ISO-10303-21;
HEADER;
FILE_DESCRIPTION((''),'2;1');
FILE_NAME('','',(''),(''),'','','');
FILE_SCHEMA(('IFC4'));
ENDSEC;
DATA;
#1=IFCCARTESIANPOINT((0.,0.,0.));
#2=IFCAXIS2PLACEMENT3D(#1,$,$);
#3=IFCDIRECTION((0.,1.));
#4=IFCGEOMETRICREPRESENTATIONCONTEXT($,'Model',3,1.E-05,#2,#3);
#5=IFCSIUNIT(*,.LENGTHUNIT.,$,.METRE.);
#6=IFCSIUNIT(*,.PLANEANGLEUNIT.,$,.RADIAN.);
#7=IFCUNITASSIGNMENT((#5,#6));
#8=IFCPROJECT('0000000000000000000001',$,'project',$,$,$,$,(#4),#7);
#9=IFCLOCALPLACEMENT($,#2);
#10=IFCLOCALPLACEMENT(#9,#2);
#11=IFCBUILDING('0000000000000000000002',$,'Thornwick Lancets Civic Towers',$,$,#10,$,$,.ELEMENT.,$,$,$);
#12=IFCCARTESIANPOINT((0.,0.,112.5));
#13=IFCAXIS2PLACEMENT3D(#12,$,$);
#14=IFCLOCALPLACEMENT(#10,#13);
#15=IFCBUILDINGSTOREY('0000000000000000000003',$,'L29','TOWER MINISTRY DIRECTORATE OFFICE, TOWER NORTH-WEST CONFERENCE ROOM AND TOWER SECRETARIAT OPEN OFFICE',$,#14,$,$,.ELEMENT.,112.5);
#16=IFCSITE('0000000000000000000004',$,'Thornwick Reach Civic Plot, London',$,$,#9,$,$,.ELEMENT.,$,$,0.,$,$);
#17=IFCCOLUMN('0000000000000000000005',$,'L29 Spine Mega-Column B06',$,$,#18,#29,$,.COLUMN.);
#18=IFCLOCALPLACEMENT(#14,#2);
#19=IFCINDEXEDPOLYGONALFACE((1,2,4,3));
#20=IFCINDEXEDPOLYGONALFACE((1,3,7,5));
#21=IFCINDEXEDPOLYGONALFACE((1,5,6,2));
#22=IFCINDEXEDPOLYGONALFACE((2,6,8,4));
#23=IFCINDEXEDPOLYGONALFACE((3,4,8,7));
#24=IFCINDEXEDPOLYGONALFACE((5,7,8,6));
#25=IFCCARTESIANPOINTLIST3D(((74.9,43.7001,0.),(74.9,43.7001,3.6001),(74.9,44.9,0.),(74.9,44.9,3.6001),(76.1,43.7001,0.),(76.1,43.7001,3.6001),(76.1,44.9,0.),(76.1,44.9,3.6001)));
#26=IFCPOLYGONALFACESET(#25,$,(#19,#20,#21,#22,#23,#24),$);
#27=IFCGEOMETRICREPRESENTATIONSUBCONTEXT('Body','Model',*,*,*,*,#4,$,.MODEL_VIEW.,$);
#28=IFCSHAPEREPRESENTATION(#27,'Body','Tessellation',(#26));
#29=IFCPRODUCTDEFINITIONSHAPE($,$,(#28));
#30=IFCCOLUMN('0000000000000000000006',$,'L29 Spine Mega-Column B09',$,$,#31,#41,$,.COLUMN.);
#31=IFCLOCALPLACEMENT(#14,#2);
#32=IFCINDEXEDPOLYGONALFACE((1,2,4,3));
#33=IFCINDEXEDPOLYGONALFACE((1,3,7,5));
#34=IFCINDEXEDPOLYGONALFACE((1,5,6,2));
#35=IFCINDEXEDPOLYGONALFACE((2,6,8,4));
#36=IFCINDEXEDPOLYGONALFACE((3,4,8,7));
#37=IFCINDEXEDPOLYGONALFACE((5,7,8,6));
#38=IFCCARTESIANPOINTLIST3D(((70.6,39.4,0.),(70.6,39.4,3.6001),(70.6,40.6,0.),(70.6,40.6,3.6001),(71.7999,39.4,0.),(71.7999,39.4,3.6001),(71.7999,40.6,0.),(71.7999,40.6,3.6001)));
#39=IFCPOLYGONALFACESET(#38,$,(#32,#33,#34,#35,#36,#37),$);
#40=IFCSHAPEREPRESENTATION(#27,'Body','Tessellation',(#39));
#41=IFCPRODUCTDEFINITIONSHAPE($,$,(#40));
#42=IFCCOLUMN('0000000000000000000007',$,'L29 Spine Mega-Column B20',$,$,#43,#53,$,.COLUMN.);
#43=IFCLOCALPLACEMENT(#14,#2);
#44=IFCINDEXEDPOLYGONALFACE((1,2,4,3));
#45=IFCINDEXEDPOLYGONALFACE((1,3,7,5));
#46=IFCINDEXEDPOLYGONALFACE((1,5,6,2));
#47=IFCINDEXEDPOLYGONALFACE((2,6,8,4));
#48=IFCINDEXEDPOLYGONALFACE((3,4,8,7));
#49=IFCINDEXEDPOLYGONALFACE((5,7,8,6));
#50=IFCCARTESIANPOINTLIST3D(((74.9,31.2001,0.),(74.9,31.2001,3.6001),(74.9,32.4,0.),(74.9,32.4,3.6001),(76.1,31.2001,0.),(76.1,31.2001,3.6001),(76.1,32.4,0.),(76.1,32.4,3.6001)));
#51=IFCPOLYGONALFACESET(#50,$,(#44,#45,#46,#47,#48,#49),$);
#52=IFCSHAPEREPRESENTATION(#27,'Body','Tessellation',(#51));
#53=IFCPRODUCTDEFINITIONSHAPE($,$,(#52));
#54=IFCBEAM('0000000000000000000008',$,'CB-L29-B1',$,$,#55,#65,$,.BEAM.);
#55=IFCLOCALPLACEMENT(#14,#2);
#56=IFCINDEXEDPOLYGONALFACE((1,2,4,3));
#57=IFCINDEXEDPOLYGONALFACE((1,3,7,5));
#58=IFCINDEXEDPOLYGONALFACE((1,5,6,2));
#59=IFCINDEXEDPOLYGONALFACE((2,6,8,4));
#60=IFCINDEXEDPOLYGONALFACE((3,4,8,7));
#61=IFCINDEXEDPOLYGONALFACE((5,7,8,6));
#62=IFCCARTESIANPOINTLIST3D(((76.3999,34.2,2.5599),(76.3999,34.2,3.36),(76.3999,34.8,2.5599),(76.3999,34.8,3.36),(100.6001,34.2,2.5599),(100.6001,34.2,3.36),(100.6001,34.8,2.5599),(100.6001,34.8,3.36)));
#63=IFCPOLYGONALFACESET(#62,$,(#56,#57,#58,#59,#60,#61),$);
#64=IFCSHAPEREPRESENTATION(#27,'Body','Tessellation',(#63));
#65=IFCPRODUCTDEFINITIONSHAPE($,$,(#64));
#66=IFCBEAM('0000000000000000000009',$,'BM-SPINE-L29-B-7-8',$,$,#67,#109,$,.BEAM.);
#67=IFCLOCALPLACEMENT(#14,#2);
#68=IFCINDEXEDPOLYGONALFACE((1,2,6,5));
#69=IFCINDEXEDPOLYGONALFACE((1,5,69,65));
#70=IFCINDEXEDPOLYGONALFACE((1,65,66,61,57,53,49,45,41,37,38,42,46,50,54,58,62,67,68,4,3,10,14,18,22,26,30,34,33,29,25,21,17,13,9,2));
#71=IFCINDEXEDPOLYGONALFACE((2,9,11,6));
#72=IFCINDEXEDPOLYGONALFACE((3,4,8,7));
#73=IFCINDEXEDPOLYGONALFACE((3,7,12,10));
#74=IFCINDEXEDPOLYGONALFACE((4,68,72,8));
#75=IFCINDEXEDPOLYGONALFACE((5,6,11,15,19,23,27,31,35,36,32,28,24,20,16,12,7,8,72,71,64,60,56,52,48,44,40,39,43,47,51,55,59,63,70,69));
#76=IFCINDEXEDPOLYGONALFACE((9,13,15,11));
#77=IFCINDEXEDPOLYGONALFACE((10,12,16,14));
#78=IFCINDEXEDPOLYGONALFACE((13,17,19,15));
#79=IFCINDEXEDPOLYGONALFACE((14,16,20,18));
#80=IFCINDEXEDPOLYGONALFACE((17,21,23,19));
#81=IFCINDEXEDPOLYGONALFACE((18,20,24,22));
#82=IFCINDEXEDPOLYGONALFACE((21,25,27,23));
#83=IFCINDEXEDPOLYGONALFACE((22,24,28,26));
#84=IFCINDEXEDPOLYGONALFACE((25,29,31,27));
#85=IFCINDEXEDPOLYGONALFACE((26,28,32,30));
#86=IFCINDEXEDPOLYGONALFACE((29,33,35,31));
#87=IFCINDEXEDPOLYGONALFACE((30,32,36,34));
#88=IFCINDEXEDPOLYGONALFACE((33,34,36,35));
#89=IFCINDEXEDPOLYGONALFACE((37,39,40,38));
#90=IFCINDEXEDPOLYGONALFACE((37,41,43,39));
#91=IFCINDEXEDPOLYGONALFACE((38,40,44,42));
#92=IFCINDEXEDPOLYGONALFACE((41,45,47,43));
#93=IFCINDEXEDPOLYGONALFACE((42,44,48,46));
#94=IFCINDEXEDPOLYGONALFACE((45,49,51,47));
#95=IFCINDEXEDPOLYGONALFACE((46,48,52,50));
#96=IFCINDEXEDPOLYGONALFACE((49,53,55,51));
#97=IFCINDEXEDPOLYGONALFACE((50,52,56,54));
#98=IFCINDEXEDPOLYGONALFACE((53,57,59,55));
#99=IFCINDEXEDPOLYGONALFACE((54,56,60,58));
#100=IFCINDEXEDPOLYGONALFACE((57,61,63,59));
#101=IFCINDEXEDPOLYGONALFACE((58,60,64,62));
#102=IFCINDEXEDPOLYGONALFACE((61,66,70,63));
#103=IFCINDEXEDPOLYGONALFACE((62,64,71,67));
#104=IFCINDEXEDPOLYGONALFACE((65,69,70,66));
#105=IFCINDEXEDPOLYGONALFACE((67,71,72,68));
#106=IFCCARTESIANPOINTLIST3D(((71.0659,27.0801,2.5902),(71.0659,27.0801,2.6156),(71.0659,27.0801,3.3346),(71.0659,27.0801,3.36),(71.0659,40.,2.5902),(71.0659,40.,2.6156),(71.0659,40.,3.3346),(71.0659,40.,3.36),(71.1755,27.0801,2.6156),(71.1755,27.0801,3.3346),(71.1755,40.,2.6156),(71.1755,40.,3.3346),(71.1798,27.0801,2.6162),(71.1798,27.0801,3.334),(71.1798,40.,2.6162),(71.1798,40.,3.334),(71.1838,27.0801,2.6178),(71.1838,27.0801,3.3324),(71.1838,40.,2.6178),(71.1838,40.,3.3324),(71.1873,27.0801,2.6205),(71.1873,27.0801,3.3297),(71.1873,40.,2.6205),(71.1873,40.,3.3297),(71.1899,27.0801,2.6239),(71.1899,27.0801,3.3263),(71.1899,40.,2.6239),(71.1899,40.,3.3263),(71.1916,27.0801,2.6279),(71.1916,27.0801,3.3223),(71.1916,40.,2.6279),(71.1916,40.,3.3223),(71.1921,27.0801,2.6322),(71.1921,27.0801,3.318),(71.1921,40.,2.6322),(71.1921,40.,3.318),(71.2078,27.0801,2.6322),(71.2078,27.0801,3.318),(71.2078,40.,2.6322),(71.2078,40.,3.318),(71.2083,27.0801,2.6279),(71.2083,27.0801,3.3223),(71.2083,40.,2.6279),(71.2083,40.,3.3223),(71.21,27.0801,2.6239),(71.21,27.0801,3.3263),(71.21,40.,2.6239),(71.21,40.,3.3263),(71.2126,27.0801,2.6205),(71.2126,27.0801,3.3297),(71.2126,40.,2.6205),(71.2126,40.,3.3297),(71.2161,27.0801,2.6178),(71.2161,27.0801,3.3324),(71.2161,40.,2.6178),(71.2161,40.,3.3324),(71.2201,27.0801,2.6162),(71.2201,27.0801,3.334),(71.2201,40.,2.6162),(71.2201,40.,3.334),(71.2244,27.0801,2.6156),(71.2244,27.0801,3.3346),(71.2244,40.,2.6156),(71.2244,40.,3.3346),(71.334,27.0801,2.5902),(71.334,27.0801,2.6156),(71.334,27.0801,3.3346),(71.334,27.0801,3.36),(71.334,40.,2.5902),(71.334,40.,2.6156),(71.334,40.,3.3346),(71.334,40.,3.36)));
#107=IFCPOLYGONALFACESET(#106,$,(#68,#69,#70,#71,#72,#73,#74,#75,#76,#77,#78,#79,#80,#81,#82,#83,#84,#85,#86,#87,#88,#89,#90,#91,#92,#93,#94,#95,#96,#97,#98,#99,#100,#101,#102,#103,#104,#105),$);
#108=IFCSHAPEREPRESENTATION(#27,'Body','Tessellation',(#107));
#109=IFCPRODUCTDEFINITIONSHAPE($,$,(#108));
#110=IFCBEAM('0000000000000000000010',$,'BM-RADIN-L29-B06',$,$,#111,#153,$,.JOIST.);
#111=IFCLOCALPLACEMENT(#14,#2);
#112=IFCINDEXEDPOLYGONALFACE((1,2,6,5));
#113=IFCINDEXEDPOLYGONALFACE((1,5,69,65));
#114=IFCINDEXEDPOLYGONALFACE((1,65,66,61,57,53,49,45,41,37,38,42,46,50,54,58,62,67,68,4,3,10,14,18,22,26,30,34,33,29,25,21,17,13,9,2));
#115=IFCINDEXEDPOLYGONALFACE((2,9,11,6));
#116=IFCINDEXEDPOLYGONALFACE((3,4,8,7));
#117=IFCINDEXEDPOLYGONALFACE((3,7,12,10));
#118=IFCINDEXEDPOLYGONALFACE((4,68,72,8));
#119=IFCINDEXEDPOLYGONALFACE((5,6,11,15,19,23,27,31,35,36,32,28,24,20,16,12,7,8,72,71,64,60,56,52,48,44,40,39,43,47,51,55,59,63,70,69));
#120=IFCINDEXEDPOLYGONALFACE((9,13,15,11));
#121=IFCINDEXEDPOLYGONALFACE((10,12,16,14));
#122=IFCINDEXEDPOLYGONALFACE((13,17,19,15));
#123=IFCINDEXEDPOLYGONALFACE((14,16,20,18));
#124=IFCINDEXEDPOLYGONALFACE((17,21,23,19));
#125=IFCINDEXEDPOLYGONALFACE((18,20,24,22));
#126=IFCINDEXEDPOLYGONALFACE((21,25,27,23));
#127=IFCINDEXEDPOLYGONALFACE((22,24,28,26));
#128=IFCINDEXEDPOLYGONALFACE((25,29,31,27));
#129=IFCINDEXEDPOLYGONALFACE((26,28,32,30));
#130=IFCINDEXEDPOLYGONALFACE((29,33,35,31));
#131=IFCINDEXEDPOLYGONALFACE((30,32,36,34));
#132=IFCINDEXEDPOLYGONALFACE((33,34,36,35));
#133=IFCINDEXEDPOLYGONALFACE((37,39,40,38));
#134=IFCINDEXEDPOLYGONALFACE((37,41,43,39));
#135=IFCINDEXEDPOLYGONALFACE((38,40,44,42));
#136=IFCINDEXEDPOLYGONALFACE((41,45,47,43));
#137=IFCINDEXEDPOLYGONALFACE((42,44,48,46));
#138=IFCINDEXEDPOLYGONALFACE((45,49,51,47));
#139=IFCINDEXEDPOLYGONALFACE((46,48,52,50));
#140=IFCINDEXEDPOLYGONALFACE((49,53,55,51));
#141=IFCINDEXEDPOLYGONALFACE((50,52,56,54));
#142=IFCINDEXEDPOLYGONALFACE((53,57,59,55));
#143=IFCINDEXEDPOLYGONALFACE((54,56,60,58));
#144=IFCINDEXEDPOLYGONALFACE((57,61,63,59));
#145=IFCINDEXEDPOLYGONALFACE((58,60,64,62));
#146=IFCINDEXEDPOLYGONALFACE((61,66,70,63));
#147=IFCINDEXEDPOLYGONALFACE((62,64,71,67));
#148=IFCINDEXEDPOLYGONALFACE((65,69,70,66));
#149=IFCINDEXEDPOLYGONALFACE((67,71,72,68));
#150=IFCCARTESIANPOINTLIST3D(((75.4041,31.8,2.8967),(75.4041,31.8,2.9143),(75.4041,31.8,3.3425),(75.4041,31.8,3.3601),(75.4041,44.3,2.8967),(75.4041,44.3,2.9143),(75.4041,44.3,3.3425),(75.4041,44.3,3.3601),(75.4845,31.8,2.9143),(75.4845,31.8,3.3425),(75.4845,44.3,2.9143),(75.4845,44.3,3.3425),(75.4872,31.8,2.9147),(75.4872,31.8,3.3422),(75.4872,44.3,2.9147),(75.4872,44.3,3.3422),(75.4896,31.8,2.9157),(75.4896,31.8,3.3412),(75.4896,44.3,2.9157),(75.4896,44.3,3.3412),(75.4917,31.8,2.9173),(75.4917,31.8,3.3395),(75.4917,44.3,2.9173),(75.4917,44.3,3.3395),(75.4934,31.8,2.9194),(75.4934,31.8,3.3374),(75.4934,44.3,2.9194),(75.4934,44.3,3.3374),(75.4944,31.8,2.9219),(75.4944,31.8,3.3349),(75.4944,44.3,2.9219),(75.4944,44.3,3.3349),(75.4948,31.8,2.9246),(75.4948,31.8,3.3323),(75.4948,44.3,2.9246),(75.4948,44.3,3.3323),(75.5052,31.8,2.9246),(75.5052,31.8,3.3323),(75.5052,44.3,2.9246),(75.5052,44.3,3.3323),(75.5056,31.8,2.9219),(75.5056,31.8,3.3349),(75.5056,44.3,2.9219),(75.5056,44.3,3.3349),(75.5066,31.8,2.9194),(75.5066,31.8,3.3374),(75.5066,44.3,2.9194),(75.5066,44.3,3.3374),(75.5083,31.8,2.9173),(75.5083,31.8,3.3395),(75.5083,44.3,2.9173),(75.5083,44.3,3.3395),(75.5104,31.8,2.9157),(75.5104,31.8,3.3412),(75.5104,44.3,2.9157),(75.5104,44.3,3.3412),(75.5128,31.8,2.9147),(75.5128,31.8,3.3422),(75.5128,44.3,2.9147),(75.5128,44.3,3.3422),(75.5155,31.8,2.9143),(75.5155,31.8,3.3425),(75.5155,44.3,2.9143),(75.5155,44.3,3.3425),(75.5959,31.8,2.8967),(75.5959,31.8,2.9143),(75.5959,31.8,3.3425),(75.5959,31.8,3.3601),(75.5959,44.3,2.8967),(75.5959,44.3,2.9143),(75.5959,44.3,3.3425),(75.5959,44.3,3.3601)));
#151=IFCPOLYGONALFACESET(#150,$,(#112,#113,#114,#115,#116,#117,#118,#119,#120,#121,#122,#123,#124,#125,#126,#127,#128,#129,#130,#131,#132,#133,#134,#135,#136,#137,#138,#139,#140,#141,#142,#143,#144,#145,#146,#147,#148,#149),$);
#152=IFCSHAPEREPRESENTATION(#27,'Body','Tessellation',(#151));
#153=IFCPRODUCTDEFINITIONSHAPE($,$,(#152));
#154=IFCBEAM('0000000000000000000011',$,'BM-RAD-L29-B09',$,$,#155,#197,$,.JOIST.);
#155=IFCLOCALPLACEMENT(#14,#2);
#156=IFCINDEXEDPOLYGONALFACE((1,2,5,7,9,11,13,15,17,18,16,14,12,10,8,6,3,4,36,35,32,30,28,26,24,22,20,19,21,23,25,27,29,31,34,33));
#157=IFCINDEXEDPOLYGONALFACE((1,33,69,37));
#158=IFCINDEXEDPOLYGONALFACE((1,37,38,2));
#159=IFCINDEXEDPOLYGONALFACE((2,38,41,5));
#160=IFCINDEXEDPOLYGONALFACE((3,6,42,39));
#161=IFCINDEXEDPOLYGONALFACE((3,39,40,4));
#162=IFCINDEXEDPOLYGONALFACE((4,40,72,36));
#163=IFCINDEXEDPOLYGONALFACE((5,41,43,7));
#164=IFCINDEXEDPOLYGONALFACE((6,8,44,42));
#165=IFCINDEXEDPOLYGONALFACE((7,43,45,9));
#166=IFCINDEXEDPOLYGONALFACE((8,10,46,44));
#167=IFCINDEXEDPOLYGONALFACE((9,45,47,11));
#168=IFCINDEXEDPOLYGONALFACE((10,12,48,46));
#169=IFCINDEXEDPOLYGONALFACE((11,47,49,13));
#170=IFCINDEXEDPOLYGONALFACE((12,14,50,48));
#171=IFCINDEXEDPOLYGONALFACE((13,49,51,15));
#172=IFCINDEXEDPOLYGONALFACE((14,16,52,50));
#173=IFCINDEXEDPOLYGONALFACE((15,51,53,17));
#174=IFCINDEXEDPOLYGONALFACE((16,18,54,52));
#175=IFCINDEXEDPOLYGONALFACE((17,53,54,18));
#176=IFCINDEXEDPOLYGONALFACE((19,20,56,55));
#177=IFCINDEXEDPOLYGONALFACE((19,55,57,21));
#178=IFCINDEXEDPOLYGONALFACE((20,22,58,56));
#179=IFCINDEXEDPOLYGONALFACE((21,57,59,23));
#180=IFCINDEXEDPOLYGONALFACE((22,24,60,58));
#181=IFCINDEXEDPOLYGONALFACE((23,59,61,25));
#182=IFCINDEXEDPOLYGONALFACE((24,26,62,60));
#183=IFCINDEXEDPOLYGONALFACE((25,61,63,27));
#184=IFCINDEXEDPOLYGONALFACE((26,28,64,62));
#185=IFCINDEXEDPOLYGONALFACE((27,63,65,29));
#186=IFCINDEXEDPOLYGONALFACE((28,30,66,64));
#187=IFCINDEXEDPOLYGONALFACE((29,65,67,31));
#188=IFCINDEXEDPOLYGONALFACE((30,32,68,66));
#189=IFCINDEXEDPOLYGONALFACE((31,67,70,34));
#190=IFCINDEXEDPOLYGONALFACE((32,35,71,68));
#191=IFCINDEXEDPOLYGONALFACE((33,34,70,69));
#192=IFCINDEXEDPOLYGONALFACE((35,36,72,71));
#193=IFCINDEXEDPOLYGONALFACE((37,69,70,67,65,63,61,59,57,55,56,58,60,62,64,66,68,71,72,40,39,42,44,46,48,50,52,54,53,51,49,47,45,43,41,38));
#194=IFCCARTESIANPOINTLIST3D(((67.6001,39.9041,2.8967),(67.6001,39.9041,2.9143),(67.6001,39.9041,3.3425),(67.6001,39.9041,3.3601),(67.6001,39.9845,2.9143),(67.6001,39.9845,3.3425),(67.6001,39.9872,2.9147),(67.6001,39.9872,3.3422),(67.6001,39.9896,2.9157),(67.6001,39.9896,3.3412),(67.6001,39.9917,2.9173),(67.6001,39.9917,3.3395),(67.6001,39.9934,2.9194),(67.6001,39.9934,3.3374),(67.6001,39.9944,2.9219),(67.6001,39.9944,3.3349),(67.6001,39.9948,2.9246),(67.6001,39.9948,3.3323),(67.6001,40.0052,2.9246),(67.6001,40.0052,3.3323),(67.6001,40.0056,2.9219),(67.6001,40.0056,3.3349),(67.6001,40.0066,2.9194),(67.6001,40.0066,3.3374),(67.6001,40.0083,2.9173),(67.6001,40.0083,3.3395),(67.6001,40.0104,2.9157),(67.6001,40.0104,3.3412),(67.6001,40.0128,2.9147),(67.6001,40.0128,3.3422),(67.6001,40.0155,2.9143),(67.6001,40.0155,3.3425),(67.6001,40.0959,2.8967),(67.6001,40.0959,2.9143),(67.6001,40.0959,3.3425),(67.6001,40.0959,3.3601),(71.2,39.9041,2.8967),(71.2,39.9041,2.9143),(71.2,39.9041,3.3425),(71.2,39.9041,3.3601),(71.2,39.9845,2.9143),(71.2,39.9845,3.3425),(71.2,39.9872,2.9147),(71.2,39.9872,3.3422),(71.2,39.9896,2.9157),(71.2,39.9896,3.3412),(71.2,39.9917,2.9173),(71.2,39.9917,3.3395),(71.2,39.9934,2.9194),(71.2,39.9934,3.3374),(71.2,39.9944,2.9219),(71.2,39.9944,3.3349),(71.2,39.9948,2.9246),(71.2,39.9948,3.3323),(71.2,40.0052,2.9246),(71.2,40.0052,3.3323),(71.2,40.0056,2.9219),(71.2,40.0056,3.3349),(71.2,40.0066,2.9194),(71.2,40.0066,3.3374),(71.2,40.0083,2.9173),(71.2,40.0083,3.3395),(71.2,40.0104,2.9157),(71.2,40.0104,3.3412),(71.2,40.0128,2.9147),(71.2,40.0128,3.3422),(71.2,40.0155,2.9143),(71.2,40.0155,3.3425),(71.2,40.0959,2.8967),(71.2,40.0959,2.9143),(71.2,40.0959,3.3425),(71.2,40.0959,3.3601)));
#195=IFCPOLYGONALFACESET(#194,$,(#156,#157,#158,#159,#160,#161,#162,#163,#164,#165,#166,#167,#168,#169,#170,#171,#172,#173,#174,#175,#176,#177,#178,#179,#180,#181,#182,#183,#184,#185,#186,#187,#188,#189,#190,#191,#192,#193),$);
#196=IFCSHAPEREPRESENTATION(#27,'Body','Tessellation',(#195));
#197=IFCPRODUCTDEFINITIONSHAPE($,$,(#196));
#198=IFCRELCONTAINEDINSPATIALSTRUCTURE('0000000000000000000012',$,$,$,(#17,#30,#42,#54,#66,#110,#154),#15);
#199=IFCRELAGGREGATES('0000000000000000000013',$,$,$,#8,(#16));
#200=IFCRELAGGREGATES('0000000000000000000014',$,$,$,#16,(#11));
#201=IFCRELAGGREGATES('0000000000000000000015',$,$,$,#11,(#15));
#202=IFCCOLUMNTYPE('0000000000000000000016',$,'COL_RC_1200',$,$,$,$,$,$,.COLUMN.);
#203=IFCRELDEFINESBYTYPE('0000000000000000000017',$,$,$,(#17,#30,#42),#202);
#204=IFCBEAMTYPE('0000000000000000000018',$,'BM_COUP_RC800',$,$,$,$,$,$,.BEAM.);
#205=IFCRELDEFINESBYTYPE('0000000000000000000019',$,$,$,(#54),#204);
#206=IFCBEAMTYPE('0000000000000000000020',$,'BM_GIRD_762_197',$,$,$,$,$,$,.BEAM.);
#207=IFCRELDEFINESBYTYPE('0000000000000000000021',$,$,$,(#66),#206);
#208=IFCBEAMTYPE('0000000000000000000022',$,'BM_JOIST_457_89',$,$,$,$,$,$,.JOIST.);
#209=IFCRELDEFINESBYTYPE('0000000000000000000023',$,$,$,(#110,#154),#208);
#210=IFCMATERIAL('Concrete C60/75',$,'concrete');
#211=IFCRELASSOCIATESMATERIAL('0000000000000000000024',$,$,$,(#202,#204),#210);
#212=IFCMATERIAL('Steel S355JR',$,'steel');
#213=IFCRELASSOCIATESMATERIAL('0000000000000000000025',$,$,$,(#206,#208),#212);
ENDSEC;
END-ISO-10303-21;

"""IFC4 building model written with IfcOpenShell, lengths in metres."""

from ifc_helpers import new_model, si_unit, direction, frame, origin, origin_2d, place, context, subcontext, project, spatial, rectangle, i_section, extrude, material, material_profile, profile_set, type_object, element, save


model = new_model("IFC4")

# Units and contexts
model_context = context("Model", 3, precision=1e-05, world=origin(), true_north=direction((0.0, 1.0)))
body_context = subcontext(model_context, "Body", "Model", "MODEL_VIEW")
ifc_project = project(units=[si_unit("LENGTHUNIT", "METRE"), si_unit("PLANEANGLEUNIT", "RADIAN")], contexts=[model_context])

# Site, building, storey
site_placement = place(None, origin())
site = spatial("IfcSite", under=ifc_project, at=site_placement, Name="Thornwick Reach Civic Plot, London", CompositionType="ELEMENT", RefElevation=0.0)
building_placement = place(site_placement, origin())
building = spatial("IfcBuilding", under=site, at=building_placement, Name="Thornwick Lancets Civic Towers", CompositionType="ELEMENT")
storey_placement = place(building_placement, frame((0.0, 0.0, 112.5)))
storey = spatial("IfcBuildingStorey", under=building, at=storey_placement, Name="L29", Description="TOWER MINISTRY DIRECTORATE OFFICE, TOWER NORTH-WEST CONFERENCE ROOM AND TOWER SECRETARIAT OPEN OFFICE", CompositionType="ELEMENT", Elevation=112.5)

# Columns
ifc_material_1 = material(Name="Concrete C60/75", Category="concrete")
ifc_material_profile_1 = material_profile(ifc_material_1, rectangle(XDim=1.2, YDim=1.2, at=origin_2d()), Name="RC 1200x1200")
ifc_profile_set_1 = profile_set([ifc_material_profile_1], Name="Concrete C60/75")
column_type = type_object("IfcColumnType", Name="COL_RC_1200", PredefinedType="COLUMN", material=ifc_profile_set_1)
for number, where, z_axis, x_axis, name in (
    (1, (75.5, 44.3, 0.0), (0.0, 0.0, 1.0), (1.0, 0.0, 0.0), "L29 Spine Mega-Column B06"),
    (2, (71.2, 40.0, 0.0), (0.0, 0.0, 1.0), (1.0, 0.0, 0.0), "L29 Spine Mega-Column B09"),
    (3, (75.5, 31.8, 0.0), (0.0, 0.0, 1.0), (1.0, 0.0, 0.0), "L29 Spine Mega-Column B20"),
):
    element("IfcColumn", number, at=place(storey_placement, frame(where, z_axis=z_axis, x_axis=x_axis)), inside=storey, type_object=column_type, Name=name, PredefinedType="COLUMN", context=body_context, shape_type="SweptSolid", body=[
        extrude(rectangle(XDim=1.2, YDim=1.2, at=origin_2d()), origin(), (0.0, 0.0, 1.0), 3.6001),
    ])

# Beams
ifc_material_profile_2 = material_profile(ifc_material_1, rectangle(XDim=0.6001, YDim=0.8, at=origin_2d()), Name="RC 600x800")
ifc_profile_set_2 = profile_set([ifc_material_profile_2], Name="Concrete C60/75")
beam_type_1 = type_object("IfcBeamType", Name="BM_COUP_RC800", PredefinedType="BEAM", material=ifc_profile_set_2)
beam_1_placement = place(storey_placement, frame((76.3999, 34.5, 2.96), z_axis=(1.0, 0.0, 0.0), x_axis=(0.0, 1.0, 0.0)))
element("IfcBeam", 4, at=beam_1_placement, inside=storey, type_object=beam_type_1, Name="CB-L29-B1", PredefinedType="BEAM", context=body_context, shape_type="SweptSolid", body=[
    extrude(rectangle(XDim=0.6001, YDim=0.8, at=origin_2d()), origin(), (0.0, 0.0, 1.0), 24.2002),
])
ifc_material_2 = material(Name="Steel S355JR", Category="steel")
ifc_material_profile_3 = material_profile(ifc_material_2, i_section(OverallWidth=0.2681, OverallDepth=0.7698, WebThickness=0.0156, FlangeThickness=0.0254, FilletRadius=0.0166, at=origin_2d()), Name="UKB 762x267x197")
ifc_profile_set_3 = profile_set([ifc_material_profile_3], Name="Steel S355JR")
beam_type_2 = type_object("IfcBeamType", Name="BM_GIRD_762_197", PredefinedType="BEAM", material=ifc_profile_set_3)
beam_2_placement = place(storey_placement, frame((71.2, 27.0801, 2.9751), z_axis=(0.0, 1.0, 0.0), x_axis=(-1.0, 0.0, 0.0)))
element("IfcBeam", 5, at=beam_2_placement, inside=storey, type_object=beam_type_2, Name="BM-SPINE-L29-B-7-8", PredefinedType="BEAM", context=body_context, shape_type="SweptSolid", body=[
    extrude(i_section(OverallWidth=0.2681, OverallDepth=0.7698, WebThickness=0.0156, FlangeThickness=0.0254, FilletRadius=0.0166, at=origin_2d()), origin(), (0.0, 0.0, 1.0), 12.9199),
])
ifc_material_profile_4 = material_profile(ifc_material_2, i_section(OverallWidth=0.1919, OverallDepth=0.4634, WebThickness=0.0105, FlangeThickness=0.0176, FilletRadius=0.0103, at=origin_2d()), Name="UKB 457x191x89")
ifc_profile_set_4 = profile_set([ifc_material_profile_4], Name="Steel S355JR")
beam_type_3 = type_object("IfcBeamType", Name="BM_JOIST_457_89", PredefinedType="JOIST", material=ifc_profile_set_4)
beam_3_placement = place(storey_placement, frame((75.5, 31.8, 3.1284), z_axis=(0.0, 1.0, 0.0), x_axis=(-1.0, 0.0, 0.0)))
element("IfcBeam", 6, at=beam_3_placement, inside=storey, type_object=beam_type_3, Name="BM-RADIN-L29-B06", PredefinedType="JOIST", context=body_context, shape_type="SweptSolid", body=[
    extrude(i_section(OverallWidth=0.1919, OverallDepth=0.4634, WebThickness=0.0105, FlangeThickness=0.0176, FilletRadius=0.0103, at=origin_2d()), origin(), (0.0, 0.0, 1.0), 12.5),
])
beam_4_placement = place(storey_placement, frame((71.2, 40.0, 3.1284), z_axis=(-1.0, 0.0, 0.0), x_axis=(0.0, -1.0, 0.0)))
element("IfcBeam", 7, at=beam_4_placement, inside=storey, type_object=beam_type_3, Name="BM-RAD-L29-B09", PredefinedType="JOIST", context=body_context, shape_type="SweptSolid", body=[
    extrude(i_section(OverallWidth=0.1919, OverallDepth=0.4634, WebThickness=0.0105, FlangeThickness=0.0176, FilletRadius=0.0103, at=origin_2d()), origin(), (0.0, 0.0, 1.0), 3.5999),
])

save(model, "model.ifc")
